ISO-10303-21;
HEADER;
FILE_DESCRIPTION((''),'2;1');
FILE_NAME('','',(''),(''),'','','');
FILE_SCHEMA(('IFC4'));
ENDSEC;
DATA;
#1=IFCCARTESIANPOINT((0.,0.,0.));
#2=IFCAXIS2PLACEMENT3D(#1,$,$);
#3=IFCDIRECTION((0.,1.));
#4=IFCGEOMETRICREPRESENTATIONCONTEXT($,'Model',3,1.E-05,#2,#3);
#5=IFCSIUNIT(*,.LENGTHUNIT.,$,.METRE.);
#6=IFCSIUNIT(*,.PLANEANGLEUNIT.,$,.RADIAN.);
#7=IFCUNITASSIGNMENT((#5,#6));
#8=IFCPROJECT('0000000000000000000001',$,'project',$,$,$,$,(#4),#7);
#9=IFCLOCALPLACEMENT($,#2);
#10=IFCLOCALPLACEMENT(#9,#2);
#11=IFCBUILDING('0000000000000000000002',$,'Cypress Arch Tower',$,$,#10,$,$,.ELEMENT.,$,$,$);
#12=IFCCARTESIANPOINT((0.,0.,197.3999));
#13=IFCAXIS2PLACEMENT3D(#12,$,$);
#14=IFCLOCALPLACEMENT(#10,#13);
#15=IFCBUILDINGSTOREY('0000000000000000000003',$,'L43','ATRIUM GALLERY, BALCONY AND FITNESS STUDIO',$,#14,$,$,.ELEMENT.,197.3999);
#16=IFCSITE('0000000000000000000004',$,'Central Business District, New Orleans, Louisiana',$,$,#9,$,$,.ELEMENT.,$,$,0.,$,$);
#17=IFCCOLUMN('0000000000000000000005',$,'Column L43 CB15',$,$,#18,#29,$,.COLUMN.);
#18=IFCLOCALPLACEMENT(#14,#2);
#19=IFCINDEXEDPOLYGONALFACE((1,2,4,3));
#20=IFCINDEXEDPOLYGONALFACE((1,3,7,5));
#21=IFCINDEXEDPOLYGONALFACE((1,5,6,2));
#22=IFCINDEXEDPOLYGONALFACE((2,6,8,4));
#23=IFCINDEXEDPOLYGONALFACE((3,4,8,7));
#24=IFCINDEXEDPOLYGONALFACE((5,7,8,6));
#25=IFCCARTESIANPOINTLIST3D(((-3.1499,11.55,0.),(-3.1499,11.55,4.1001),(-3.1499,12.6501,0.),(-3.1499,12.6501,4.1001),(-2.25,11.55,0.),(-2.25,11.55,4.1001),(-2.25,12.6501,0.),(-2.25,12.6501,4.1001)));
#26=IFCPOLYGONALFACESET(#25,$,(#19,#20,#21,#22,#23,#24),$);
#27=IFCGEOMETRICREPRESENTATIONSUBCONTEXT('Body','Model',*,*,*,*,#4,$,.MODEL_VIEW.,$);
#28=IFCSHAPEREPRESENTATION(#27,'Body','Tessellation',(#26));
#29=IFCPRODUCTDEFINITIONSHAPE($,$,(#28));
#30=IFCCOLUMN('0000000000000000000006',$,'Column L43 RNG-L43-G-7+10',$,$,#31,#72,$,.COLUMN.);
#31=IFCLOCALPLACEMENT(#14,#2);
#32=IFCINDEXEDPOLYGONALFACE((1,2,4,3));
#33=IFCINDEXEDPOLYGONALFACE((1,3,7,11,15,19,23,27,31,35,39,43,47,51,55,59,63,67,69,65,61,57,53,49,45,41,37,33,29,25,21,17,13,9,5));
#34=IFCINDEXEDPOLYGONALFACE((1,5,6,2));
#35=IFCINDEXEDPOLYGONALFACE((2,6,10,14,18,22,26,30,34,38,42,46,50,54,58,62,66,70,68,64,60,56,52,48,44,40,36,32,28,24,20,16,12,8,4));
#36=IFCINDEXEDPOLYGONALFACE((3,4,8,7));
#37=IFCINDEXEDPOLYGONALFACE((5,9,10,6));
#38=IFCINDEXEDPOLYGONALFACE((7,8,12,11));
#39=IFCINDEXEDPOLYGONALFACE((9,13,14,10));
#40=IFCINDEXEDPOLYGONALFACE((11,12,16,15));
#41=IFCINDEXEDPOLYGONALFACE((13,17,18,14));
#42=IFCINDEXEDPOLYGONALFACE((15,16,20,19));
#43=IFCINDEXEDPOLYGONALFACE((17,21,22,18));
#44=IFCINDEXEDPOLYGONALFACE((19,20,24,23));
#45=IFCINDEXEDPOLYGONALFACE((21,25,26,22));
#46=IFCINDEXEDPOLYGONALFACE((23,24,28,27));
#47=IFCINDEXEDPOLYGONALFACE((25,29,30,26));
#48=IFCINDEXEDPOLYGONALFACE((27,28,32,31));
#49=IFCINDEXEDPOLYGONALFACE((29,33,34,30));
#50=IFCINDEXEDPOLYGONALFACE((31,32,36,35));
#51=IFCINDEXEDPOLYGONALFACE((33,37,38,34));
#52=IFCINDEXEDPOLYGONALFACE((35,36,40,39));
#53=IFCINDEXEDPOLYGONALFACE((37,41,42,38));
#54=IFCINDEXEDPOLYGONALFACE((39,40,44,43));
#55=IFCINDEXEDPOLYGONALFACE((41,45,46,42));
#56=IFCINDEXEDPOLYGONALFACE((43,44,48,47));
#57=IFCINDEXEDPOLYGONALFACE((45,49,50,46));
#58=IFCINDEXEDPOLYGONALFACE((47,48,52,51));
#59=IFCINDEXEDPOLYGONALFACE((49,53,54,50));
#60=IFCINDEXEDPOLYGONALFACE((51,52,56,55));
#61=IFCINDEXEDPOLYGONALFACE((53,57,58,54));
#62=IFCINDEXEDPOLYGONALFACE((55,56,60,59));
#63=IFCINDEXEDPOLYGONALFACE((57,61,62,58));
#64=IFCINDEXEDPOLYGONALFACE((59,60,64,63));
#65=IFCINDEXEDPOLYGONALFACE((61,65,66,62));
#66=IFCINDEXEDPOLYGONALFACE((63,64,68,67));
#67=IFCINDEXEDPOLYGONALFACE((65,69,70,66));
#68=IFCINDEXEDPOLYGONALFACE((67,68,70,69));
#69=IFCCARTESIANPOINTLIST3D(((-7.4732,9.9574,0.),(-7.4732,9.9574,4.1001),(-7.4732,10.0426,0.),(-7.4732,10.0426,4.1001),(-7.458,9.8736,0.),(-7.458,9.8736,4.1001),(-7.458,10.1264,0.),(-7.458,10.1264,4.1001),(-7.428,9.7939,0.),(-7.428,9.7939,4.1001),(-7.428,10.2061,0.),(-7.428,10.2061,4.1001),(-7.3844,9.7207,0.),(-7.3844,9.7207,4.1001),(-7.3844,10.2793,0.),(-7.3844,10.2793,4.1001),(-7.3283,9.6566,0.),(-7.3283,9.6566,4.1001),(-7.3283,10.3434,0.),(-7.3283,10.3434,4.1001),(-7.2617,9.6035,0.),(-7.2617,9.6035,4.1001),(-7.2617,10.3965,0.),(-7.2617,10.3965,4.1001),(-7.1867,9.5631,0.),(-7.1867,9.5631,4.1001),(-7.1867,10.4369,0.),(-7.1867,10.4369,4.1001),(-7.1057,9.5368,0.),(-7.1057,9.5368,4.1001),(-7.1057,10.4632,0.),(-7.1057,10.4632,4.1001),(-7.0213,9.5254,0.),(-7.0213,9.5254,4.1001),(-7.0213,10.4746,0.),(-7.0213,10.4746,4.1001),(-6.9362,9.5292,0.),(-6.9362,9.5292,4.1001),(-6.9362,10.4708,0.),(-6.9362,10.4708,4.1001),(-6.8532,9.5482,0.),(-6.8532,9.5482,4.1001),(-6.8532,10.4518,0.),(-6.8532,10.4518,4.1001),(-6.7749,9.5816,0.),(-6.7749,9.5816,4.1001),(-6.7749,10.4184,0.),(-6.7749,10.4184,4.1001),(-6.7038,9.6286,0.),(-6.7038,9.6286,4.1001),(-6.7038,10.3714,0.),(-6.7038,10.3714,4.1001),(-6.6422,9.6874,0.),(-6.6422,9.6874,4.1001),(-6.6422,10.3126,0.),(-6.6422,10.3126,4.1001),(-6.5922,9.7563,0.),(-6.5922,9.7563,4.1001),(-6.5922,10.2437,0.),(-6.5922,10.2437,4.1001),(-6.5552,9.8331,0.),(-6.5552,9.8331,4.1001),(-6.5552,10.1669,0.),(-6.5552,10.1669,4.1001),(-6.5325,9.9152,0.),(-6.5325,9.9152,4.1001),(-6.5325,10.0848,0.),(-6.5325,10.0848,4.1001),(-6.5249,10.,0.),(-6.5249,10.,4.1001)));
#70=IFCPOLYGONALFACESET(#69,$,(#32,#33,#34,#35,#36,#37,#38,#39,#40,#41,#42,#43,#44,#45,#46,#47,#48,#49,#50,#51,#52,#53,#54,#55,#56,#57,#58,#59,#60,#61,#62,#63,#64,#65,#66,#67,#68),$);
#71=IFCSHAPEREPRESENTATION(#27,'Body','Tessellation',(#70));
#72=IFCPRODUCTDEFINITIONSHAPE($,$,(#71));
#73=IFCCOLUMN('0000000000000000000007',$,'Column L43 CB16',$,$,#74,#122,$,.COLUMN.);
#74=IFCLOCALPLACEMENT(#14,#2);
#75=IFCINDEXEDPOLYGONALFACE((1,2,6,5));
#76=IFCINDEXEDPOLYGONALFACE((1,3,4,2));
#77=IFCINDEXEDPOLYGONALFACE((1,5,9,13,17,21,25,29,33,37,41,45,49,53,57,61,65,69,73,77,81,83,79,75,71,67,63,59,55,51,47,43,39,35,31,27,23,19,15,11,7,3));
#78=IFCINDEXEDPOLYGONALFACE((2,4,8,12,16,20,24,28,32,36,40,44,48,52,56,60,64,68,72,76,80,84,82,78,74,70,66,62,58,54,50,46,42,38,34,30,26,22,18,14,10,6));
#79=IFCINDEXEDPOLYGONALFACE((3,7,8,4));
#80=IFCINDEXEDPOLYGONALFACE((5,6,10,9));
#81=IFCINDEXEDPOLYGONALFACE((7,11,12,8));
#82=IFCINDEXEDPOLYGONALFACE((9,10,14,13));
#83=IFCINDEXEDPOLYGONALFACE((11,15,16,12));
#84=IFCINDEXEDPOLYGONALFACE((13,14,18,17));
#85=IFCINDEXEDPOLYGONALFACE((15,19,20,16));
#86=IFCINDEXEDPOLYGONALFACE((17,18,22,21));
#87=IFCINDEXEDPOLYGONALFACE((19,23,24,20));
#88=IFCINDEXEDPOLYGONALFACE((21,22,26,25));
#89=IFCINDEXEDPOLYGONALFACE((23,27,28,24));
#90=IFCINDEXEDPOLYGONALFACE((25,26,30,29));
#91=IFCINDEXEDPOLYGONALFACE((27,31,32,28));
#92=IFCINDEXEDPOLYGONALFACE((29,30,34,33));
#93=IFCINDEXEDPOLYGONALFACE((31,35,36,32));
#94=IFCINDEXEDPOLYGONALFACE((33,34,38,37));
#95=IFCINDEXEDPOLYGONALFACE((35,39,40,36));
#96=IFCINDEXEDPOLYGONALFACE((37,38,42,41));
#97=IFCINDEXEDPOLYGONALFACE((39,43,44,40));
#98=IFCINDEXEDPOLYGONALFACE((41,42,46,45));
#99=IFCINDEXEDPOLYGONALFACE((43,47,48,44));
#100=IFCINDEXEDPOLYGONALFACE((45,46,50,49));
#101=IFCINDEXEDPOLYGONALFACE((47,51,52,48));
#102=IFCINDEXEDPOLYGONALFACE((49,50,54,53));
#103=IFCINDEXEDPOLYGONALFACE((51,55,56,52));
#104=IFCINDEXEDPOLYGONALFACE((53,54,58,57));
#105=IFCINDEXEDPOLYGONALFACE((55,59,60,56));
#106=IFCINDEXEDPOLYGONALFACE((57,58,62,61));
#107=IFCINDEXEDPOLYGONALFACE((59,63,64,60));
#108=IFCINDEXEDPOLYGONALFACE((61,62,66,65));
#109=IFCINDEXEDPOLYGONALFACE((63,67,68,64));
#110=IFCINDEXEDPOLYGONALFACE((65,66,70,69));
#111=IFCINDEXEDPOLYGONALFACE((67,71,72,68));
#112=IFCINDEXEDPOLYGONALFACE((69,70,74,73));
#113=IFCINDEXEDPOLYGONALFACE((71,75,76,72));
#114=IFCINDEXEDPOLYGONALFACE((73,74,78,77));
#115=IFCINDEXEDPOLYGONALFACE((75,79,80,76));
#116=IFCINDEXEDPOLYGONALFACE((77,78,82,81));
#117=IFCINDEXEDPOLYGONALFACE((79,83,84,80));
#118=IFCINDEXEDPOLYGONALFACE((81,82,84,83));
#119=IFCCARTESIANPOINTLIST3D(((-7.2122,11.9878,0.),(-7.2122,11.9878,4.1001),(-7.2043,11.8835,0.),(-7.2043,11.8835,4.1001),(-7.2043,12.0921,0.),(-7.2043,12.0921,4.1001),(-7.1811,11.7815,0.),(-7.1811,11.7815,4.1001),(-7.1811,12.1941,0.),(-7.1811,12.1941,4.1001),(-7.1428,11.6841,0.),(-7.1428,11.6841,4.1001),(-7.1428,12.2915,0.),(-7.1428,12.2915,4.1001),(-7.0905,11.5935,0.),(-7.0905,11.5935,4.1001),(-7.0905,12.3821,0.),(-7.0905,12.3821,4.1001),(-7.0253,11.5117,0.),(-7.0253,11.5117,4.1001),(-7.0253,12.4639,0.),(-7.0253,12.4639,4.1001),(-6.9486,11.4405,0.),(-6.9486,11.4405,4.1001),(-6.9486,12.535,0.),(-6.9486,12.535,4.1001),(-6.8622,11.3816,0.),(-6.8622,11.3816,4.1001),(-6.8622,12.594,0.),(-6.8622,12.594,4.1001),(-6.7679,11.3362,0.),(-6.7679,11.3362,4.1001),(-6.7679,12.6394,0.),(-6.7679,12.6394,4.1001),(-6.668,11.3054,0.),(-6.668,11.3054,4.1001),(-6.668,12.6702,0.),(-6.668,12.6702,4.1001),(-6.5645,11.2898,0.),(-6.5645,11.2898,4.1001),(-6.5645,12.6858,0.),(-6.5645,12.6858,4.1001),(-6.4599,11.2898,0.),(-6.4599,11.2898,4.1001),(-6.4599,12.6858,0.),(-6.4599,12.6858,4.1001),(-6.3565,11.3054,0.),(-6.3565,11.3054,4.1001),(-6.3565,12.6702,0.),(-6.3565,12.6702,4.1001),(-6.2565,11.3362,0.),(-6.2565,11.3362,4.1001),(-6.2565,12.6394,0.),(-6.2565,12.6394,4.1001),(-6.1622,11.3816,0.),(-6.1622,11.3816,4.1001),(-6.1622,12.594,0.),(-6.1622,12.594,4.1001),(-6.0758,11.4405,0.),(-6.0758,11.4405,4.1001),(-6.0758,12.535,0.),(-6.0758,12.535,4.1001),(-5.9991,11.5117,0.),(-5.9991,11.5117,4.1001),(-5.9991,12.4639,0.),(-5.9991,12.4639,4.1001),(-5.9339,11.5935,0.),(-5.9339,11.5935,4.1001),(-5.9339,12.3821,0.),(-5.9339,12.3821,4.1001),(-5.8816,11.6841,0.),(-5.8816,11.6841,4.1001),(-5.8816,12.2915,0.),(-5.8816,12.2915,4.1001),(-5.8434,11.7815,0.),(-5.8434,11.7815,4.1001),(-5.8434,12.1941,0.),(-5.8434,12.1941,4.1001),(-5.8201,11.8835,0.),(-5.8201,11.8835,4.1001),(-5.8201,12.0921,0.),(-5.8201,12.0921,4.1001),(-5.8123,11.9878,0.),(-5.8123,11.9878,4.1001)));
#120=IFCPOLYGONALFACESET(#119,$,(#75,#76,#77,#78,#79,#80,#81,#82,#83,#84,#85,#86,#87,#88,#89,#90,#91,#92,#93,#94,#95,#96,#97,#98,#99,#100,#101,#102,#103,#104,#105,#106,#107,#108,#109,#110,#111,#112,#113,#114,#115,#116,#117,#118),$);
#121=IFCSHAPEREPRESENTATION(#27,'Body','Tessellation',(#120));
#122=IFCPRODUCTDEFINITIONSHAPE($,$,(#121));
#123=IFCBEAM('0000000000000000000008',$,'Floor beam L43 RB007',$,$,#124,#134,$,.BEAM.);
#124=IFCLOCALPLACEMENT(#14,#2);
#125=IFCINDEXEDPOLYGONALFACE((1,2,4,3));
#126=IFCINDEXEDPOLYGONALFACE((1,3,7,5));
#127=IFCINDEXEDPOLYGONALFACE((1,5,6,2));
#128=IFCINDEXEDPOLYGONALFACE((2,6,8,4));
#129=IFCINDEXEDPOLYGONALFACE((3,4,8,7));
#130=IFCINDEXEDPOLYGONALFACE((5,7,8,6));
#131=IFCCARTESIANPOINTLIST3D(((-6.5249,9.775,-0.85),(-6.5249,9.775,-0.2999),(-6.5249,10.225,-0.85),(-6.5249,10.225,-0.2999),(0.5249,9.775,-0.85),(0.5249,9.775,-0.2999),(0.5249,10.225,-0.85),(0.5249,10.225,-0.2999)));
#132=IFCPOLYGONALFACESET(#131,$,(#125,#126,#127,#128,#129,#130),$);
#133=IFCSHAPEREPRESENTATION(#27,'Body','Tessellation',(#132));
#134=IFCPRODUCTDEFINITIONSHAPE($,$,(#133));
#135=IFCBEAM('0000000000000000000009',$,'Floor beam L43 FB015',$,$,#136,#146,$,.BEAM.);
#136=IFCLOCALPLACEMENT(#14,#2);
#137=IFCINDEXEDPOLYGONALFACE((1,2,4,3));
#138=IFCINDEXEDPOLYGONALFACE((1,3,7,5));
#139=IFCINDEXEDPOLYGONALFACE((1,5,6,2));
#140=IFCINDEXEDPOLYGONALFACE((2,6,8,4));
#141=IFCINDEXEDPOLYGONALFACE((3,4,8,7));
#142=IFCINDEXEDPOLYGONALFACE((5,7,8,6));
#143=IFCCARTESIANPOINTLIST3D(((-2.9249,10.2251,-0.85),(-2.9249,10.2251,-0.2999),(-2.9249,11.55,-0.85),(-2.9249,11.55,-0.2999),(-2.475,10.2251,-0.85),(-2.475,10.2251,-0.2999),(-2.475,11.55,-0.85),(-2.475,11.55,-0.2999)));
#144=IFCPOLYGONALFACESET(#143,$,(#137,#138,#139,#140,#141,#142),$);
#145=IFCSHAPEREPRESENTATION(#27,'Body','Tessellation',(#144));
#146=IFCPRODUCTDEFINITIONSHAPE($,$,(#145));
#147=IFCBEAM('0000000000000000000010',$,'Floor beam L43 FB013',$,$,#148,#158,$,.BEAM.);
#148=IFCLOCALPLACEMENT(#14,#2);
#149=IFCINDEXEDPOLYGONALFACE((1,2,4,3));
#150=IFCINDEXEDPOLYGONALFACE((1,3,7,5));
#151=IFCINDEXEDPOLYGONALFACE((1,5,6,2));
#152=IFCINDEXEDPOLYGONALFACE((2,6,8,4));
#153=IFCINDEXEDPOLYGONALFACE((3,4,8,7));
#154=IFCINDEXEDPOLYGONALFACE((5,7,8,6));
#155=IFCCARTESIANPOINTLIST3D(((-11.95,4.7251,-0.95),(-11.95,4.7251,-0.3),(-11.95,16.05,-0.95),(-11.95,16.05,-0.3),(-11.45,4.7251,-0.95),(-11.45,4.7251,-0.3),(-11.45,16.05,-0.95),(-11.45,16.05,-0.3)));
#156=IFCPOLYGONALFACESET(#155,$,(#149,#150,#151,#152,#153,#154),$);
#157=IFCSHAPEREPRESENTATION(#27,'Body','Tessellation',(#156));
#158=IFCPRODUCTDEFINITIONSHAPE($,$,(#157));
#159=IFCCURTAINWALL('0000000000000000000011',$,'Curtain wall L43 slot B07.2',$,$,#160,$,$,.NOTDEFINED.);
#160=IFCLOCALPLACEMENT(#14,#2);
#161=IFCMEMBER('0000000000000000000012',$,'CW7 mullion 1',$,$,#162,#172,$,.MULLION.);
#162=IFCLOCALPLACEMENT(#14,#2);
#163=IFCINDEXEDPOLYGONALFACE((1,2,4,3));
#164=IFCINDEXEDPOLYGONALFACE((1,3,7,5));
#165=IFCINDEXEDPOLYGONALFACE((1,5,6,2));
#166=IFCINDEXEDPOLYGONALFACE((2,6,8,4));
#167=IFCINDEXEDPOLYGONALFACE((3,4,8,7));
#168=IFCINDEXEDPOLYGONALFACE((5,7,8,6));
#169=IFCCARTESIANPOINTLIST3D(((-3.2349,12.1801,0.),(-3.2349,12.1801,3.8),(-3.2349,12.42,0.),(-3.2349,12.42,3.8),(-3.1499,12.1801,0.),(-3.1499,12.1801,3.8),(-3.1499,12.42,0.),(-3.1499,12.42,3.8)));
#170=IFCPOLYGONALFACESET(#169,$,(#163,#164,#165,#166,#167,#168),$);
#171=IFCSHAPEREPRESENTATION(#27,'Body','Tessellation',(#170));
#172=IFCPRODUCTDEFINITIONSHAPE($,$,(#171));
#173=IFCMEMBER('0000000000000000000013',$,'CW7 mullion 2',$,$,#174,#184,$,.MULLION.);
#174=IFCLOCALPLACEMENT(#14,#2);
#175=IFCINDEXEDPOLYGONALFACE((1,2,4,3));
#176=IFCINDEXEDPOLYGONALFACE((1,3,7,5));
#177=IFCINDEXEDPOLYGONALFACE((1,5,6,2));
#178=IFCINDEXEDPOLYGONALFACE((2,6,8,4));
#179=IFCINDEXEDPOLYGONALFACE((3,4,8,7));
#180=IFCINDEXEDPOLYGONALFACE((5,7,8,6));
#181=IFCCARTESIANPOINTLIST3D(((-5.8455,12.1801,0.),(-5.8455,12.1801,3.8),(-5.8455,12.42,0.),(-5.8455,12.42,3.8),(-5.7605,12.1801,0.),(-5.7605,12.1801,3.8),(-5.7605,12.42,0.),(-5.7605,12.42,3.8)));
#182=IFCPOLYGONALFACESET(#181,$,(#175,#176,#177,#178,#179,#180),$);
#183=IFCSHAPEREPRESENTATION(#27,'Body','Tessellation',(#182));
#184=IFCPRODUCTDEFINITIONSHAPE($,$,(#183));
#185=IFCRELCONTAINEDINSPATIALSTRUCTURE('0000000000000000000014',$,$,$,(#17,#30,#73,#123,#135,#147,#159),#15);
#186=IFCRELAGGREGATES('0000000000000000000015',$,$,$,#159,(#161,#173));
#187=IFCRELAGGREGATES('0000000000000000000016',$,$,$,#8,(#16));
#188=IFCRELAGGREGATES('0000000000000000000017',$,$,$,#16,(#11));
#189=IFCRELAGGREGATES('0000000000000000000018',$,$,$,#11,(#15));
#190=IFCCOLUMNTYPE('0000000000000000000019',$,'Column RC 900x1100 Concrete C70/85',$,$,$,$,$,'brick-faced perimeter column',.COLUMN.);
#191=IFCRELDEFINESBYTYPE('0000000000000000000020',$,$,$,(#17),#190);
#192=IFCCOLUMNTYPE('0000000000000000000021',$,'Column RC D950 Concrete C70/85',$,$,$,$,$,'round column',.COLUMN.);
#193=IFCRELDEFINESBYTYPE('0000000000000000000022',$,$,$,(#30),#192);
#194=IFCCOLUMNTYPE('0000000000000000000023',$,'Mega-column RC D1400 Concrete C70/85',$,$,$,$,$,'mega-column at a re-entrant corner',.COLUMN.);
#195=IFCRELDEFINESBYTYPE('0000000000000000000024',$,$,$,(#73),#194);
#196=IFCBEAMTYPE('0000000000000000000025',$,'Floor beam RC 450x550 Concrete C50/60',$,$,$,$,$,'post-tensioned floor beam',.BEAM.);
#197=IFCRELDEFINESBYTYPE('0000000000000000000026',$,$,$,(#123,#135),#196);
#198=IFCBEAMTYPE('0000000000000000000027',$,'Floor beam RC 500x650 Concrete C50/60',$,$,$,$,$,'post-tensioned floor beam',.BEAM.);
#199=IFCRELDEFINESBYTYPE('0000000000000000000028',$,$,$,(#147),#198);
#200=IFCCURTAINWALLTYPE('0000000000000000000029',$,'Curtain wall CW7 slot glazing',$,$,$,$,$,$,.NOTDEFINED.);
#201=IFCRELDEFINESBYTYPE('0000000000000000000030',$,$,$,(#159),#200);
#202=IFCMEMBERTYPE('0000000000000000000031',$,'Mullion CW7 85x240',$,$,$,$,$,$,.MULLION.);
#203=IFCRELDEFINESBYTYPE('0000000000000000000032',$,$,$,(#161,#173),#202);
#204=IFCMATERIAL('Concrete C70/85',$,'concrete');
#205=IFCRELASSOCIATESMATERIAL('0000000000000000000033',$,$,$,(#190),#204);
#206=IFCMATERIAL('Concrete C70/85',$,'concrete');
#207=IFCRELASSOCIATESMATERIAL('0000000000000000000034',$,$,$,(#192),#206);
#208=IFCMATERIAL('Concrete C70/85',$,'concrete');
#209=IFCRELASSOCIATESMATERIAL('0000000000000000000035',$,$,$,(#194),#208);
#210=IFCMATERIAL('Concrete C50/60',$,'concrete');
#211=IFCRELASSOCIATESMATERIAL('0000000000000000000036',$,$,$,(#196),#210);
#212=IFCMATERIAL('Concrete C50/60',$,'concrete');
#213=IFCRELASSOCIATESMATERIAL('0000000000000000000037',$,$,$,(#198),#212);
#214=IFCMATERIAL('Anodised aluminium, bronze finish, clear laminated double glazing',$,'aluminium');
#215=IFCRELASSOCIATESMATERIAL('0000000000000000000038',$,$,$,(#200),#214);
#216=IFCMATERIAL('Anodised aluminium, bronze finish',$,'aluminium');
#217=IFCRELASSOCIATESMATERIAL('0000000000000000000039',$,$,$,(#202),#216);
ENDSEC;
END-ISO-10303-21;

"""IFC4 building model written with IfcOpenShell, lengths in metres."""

from ifc_helpers import new_model, si_unit, direction, frame, origin, origin_2d, place, context, subcontext, project, spatial, rectangle, circle, extrude, material, material_profile, profile_set, type_object, element, aggregate, save


model = new_model("IFC4")

# Units and contexts
model_context = context("Model", 3, precision=1e-05, world=origin(), true_north=direction((0.0, 1.0)))
body_context = subcontext(model_context, "Body", "Model", "MODEL_VIEW")
ifc_project = project(units=[si_unit("LENGTHUNIT", "METRE"), si_unit("PLANEANGLEUNIT", "RADIAN")], contexts=[model_context])

# Site, building, storey
site_placement = place(None, origin())
site = spatial("IfcSite", under=ifc_project, at=site_placement, Name="Central Business District, New Orleans, Louisiana", CompositionType="ELEMENT", RefElevation=0.0)
building_placement = place(site_placement, origin())
building = spatial("IfcBuilding", under=site, at=building_placement, Name="Cypress Arch Tower", CompositionType="ELEMENT")
storey_placement = place(building_placement, frame((0.0, 0.0, 197.3999)))
storey = spatial("IfcBuildingStorey", under=building, at=storey_placement, Name="L43", Description="ATRIUM GALLERY, BALCONY AND FITNESS STUDIO", CompositionType="ELEMENT", Elevation=197.3999)

# Columns
ifc_material_1 = material(Name="Concrete C70/85", Category="concrete")
ifc_material_profile_1 = material_profile(ifc_material_1, rectangle(XDim=0.8999, YDim=1.1001, at=origin_2d()), Name="RC 900x1100")
ifc_profile_set_1 = profile_set([ifc_material_profile_1], Name="Concrete C70/85")
column_type_1 = type_object("IfcColumnType", Name="Column RC 900x1100 Concrete C70/85", ElementType="brick-faced perimeter column", PredefinedType="COLUMN", material=ifc_profile_set_1)
column_1_placement = place(storey_placement, frame((-2.7, 12.1001, 0.0), z_axis=(0.0, 0.0, 1.0), x_axis=(-1.0, 0.0, 0.0)))
element("IfcColumn", 1, at=column_1_placement, inside=storey, type_object=column_type_1, Name="Column L43 CB15", PredefinedType="COLUMN", context=body_context, shape_type="SweptSolid", body=[
    extrude(rectangle(XDim=0.8999, YDim=1.1001, at=origin_2d()), origin(), (0.0, 0.0, 1.0), 4.1001),
])
ifc_material_2 = material(Name="Concrete C70/85", Category="concrete")
ifc_material_profile_2 = material_profile(ifc_material_2, circle(Radius=0.4751, at=origin_2d()), Name="RC D950")
ifc_profile_set_2 = profile_set([ifc_material_profile_2], Name="Concrete C70/85")
column_type_2 = type_object("IfcColumnType", Name="Column RC D950 Concrete C70/85", ElementType="round column", PredefinedType="COLUMN", material=ifc_profile_set_2)
column_2_placement = place(storey_placement, frame((-7.0, 10.0, 0.0), z_axis=(0.0, 0.0, 1.0), x_axis=(1.0, 0.0, 0.0)))
element("IfcColumn", 2, at=column_2_placement, inside=storey, type_object=column_type_2, Name="Column L43 RNG-L43-G-7+10", PredefinedType="COLUMN", context=body_context, shape_type="SweptSolid", body=[
    extrude(circle(Radius=0.4751, at=origin_2d()), origin(), (0.0, 0.0, 1.0), 4.1001),
])
ifc_material_3 = material(Name="Concrete C70/85", Category="concrete")
ifc_material_profile_3 = material_profile(ifc_material_3, circle(Radius=0.7, at=origin_2d()), Name="RC D1400")
ifc_profile_set_3 = profile_set([ifc_material_profile_3], Name="Concrete C70/85")
column_type_3 = type_object("IfcColumnType", Name="Mega-column RC D1400 Concrete C70/85", ElementType="mega-column at a re-entrant corner", PredefinedType="COLUMN", material=ifc_profile_set_3)
column_3_placement = place(storey_placement, frame((-6.5122, 11.9878, 0.0), z_axis=(0.0, 0.0, 1.0), x_axis=(1.0, 0.0, 0.0)))
element("IfcColumn", 3, at=column_3_placement, inside=storey, type_object=column_type_3, Name="Column L43 CB16", PredefinedType="COLUMN", context=body_context, shape_type="SweptSolid", body=[
    extrude(circle(Radius=0.7, at=origin_2d()), origin(), (0.0, 0.0, 1.0), 4.1001),
])

# Beams
ifc_material_4 = material(Name="Concrete C50/60", Category="concrete")
ifc_material_profile_4 = material_profile(ifc_material_4, rectangle(XDim=0.45, YDim=0.55, at=origin_2d()), Name="RC 450x550")
ifc_profile_set_4 = profile_set([ifc_material_profile_4], Name="Concrete C50/60")
beam_type_1 = type_object("IfcBeamType", Name="Floor beam RC 450x550 Concrete C50/60", ElementType="post-tensioned floor beam", PredefinedType="BEAM", material=ifc_profile_set_4)
beam_1_placement = place(storey_placement, frame((-6.5249, 10.0, -0.575), z_axis=(1.0, 0.0, 0.0), x_axis=(0.0, 1.0, 0.0)))
element("IfcBeam", 4, at=beam_1_placement, inside=storey, type_object=beam_type_1, Name="Floor beam L43 RB007", PredefinedType="BEAM", context=body_context, shape_type="SweptSolid", body=[
    extrude(rectangle(XDim=0.45, YDim=0.55, at=origin_2d()), origin(), (0.0, 0.0, 1.0), 7.0498),
])
beam_2_placement = place(storey_placement, frame((-2.7, 10.2251, -0.575), z_axis=(0.0, 1.0, 0.0), x_axis=(-1.0, 0.0, 0.0)))
element("IfcBeam", 5, at=beam_2_placement, inside=storey, type_object=beam_type_1, Name="Floor beam L43 FB015", PredefinedType="BEAM", context=body_context, shape_type="SweptSolid", body=[
    extrude(rectangle(XDim=0.45, YDim=0.55, at=origin_2d()), origin(), (0.0, 0.0, 1.0), 1.325),
])
ifc_material_5 = material(Name="Concrete C50/60", Category="concrete")
ifc_material_profile_5 = material_profile(ifc_material_5, rectangle(XDim=0.5, YDim=0.6499, at=origin_2d()), Name="RC 500x650")
ifc_profile_set_5 = profile_set([ifc_material_profile_5], Name="Concrete C50/60")
beam_type_2 = type_object("IfcBeamType", Name="Floor beam RC 500x650 Concrete C50/60", ElementType="post-tensioned floor beam", PredefinedType="BEAM", material=ifc_profile_set_5)
beam_3_placement = place(storey_placement, frame((-11.7, 4.7251, -0.625), z_axis=(0.0, 1.0, 0.0), x_axis=(-1.0, 0.0, 0.0)))
element("IfcBeam", 6, at=beam_3_placement, inside=storey, type_object=beam_type_2, Name="Floor beam L43 FB013", PredefinedType="BEAM", context=body_context, shape_type="SweptSolid", body=[
    extrude(rectangle(XDim=0.5, YDim=0.6499, at=origin_2d()), origin(), (0.0, 0.0, 1.0), 11.325),
])

# Curtain wall, members
ifc_material_6 = material(Name="Anodised aluminium, bronze finish, clear laminated double glazing", Category="aluminium")
curtain_wall_type = type_object("IfcCurtainWallType", Name="Curtain wall CW7 slot glazing", PredefinedType="NOTDEFINED", material=ifc_material_6)
curtain_wall_1_placement = place(storey_placement, origin())
curtain_wall_1 = element("IfcCurtainWall", 7, at=curtain_wall_1_placement, inside=storey, type_object=curtain_wall_type, Name="Curtain wall L43 slot B07.2", PredefinedType="NOTDEFINED")
ifc_material_7 = material(Name="Anodised aluminium, bronze finish", Category="aluminium")
ifc_material_profile_6 = material_profile(ifc_material_7, rectangle(XDim=0.24, YDim=0.085, at=origin_2d()), Name="Mullion 85x240")
ifc_profile_set_6 = profile_set([ifc_material_profile_6], Name="Anodised aluminium, bronze finish")
member_type = type_object("IfcMemberType", Name="Mullion CW7 85x240", PredefinedType="MULLION", material=ifc_profile_set_6)
member_1_placement = place(storey_placement, frame((-3.1924, 12.3, 0.0), z_axis=(0.0, 0.0, 1.0), x_axis=(0.0, -1.0, 0.0)))
member_1 = element("IfcMember", 8, at=member_1_placement, type_object=member_type, Name="CW7 mullion 1", PredefinedType="MULLION", context=body_context, shape_type="SweptSolid", body=[
    extrude(rectangle(XDim=0.24, YDim=0.085, at=origin_2d()), origin(), (0.0, 0.0, 1.0), 3.8),
])
member_2_placement = place(storey_placement, frame((-5.803, 12.3, 0.0), z_axis=(0.0, 0.0, 1.0), x_axis=(0.0, -1.0, 0.0)))
member_2 = element("IfcMember", 9, at=member_2_placement, type_object=member_type, Name="CW7 mullion 2", PredefinedType="MULLION", context=body_context, shape_type="SweptSolid", body=[
    extrude(rectangle(XDim=0.24, YDim=0.085, at=origin_2d()), origin(), (0.0, 0.0, 1.0), 3.8),
])
aggregate(curtain_wall_1, [member_1, member_2])

save(model, "model.ifc")
